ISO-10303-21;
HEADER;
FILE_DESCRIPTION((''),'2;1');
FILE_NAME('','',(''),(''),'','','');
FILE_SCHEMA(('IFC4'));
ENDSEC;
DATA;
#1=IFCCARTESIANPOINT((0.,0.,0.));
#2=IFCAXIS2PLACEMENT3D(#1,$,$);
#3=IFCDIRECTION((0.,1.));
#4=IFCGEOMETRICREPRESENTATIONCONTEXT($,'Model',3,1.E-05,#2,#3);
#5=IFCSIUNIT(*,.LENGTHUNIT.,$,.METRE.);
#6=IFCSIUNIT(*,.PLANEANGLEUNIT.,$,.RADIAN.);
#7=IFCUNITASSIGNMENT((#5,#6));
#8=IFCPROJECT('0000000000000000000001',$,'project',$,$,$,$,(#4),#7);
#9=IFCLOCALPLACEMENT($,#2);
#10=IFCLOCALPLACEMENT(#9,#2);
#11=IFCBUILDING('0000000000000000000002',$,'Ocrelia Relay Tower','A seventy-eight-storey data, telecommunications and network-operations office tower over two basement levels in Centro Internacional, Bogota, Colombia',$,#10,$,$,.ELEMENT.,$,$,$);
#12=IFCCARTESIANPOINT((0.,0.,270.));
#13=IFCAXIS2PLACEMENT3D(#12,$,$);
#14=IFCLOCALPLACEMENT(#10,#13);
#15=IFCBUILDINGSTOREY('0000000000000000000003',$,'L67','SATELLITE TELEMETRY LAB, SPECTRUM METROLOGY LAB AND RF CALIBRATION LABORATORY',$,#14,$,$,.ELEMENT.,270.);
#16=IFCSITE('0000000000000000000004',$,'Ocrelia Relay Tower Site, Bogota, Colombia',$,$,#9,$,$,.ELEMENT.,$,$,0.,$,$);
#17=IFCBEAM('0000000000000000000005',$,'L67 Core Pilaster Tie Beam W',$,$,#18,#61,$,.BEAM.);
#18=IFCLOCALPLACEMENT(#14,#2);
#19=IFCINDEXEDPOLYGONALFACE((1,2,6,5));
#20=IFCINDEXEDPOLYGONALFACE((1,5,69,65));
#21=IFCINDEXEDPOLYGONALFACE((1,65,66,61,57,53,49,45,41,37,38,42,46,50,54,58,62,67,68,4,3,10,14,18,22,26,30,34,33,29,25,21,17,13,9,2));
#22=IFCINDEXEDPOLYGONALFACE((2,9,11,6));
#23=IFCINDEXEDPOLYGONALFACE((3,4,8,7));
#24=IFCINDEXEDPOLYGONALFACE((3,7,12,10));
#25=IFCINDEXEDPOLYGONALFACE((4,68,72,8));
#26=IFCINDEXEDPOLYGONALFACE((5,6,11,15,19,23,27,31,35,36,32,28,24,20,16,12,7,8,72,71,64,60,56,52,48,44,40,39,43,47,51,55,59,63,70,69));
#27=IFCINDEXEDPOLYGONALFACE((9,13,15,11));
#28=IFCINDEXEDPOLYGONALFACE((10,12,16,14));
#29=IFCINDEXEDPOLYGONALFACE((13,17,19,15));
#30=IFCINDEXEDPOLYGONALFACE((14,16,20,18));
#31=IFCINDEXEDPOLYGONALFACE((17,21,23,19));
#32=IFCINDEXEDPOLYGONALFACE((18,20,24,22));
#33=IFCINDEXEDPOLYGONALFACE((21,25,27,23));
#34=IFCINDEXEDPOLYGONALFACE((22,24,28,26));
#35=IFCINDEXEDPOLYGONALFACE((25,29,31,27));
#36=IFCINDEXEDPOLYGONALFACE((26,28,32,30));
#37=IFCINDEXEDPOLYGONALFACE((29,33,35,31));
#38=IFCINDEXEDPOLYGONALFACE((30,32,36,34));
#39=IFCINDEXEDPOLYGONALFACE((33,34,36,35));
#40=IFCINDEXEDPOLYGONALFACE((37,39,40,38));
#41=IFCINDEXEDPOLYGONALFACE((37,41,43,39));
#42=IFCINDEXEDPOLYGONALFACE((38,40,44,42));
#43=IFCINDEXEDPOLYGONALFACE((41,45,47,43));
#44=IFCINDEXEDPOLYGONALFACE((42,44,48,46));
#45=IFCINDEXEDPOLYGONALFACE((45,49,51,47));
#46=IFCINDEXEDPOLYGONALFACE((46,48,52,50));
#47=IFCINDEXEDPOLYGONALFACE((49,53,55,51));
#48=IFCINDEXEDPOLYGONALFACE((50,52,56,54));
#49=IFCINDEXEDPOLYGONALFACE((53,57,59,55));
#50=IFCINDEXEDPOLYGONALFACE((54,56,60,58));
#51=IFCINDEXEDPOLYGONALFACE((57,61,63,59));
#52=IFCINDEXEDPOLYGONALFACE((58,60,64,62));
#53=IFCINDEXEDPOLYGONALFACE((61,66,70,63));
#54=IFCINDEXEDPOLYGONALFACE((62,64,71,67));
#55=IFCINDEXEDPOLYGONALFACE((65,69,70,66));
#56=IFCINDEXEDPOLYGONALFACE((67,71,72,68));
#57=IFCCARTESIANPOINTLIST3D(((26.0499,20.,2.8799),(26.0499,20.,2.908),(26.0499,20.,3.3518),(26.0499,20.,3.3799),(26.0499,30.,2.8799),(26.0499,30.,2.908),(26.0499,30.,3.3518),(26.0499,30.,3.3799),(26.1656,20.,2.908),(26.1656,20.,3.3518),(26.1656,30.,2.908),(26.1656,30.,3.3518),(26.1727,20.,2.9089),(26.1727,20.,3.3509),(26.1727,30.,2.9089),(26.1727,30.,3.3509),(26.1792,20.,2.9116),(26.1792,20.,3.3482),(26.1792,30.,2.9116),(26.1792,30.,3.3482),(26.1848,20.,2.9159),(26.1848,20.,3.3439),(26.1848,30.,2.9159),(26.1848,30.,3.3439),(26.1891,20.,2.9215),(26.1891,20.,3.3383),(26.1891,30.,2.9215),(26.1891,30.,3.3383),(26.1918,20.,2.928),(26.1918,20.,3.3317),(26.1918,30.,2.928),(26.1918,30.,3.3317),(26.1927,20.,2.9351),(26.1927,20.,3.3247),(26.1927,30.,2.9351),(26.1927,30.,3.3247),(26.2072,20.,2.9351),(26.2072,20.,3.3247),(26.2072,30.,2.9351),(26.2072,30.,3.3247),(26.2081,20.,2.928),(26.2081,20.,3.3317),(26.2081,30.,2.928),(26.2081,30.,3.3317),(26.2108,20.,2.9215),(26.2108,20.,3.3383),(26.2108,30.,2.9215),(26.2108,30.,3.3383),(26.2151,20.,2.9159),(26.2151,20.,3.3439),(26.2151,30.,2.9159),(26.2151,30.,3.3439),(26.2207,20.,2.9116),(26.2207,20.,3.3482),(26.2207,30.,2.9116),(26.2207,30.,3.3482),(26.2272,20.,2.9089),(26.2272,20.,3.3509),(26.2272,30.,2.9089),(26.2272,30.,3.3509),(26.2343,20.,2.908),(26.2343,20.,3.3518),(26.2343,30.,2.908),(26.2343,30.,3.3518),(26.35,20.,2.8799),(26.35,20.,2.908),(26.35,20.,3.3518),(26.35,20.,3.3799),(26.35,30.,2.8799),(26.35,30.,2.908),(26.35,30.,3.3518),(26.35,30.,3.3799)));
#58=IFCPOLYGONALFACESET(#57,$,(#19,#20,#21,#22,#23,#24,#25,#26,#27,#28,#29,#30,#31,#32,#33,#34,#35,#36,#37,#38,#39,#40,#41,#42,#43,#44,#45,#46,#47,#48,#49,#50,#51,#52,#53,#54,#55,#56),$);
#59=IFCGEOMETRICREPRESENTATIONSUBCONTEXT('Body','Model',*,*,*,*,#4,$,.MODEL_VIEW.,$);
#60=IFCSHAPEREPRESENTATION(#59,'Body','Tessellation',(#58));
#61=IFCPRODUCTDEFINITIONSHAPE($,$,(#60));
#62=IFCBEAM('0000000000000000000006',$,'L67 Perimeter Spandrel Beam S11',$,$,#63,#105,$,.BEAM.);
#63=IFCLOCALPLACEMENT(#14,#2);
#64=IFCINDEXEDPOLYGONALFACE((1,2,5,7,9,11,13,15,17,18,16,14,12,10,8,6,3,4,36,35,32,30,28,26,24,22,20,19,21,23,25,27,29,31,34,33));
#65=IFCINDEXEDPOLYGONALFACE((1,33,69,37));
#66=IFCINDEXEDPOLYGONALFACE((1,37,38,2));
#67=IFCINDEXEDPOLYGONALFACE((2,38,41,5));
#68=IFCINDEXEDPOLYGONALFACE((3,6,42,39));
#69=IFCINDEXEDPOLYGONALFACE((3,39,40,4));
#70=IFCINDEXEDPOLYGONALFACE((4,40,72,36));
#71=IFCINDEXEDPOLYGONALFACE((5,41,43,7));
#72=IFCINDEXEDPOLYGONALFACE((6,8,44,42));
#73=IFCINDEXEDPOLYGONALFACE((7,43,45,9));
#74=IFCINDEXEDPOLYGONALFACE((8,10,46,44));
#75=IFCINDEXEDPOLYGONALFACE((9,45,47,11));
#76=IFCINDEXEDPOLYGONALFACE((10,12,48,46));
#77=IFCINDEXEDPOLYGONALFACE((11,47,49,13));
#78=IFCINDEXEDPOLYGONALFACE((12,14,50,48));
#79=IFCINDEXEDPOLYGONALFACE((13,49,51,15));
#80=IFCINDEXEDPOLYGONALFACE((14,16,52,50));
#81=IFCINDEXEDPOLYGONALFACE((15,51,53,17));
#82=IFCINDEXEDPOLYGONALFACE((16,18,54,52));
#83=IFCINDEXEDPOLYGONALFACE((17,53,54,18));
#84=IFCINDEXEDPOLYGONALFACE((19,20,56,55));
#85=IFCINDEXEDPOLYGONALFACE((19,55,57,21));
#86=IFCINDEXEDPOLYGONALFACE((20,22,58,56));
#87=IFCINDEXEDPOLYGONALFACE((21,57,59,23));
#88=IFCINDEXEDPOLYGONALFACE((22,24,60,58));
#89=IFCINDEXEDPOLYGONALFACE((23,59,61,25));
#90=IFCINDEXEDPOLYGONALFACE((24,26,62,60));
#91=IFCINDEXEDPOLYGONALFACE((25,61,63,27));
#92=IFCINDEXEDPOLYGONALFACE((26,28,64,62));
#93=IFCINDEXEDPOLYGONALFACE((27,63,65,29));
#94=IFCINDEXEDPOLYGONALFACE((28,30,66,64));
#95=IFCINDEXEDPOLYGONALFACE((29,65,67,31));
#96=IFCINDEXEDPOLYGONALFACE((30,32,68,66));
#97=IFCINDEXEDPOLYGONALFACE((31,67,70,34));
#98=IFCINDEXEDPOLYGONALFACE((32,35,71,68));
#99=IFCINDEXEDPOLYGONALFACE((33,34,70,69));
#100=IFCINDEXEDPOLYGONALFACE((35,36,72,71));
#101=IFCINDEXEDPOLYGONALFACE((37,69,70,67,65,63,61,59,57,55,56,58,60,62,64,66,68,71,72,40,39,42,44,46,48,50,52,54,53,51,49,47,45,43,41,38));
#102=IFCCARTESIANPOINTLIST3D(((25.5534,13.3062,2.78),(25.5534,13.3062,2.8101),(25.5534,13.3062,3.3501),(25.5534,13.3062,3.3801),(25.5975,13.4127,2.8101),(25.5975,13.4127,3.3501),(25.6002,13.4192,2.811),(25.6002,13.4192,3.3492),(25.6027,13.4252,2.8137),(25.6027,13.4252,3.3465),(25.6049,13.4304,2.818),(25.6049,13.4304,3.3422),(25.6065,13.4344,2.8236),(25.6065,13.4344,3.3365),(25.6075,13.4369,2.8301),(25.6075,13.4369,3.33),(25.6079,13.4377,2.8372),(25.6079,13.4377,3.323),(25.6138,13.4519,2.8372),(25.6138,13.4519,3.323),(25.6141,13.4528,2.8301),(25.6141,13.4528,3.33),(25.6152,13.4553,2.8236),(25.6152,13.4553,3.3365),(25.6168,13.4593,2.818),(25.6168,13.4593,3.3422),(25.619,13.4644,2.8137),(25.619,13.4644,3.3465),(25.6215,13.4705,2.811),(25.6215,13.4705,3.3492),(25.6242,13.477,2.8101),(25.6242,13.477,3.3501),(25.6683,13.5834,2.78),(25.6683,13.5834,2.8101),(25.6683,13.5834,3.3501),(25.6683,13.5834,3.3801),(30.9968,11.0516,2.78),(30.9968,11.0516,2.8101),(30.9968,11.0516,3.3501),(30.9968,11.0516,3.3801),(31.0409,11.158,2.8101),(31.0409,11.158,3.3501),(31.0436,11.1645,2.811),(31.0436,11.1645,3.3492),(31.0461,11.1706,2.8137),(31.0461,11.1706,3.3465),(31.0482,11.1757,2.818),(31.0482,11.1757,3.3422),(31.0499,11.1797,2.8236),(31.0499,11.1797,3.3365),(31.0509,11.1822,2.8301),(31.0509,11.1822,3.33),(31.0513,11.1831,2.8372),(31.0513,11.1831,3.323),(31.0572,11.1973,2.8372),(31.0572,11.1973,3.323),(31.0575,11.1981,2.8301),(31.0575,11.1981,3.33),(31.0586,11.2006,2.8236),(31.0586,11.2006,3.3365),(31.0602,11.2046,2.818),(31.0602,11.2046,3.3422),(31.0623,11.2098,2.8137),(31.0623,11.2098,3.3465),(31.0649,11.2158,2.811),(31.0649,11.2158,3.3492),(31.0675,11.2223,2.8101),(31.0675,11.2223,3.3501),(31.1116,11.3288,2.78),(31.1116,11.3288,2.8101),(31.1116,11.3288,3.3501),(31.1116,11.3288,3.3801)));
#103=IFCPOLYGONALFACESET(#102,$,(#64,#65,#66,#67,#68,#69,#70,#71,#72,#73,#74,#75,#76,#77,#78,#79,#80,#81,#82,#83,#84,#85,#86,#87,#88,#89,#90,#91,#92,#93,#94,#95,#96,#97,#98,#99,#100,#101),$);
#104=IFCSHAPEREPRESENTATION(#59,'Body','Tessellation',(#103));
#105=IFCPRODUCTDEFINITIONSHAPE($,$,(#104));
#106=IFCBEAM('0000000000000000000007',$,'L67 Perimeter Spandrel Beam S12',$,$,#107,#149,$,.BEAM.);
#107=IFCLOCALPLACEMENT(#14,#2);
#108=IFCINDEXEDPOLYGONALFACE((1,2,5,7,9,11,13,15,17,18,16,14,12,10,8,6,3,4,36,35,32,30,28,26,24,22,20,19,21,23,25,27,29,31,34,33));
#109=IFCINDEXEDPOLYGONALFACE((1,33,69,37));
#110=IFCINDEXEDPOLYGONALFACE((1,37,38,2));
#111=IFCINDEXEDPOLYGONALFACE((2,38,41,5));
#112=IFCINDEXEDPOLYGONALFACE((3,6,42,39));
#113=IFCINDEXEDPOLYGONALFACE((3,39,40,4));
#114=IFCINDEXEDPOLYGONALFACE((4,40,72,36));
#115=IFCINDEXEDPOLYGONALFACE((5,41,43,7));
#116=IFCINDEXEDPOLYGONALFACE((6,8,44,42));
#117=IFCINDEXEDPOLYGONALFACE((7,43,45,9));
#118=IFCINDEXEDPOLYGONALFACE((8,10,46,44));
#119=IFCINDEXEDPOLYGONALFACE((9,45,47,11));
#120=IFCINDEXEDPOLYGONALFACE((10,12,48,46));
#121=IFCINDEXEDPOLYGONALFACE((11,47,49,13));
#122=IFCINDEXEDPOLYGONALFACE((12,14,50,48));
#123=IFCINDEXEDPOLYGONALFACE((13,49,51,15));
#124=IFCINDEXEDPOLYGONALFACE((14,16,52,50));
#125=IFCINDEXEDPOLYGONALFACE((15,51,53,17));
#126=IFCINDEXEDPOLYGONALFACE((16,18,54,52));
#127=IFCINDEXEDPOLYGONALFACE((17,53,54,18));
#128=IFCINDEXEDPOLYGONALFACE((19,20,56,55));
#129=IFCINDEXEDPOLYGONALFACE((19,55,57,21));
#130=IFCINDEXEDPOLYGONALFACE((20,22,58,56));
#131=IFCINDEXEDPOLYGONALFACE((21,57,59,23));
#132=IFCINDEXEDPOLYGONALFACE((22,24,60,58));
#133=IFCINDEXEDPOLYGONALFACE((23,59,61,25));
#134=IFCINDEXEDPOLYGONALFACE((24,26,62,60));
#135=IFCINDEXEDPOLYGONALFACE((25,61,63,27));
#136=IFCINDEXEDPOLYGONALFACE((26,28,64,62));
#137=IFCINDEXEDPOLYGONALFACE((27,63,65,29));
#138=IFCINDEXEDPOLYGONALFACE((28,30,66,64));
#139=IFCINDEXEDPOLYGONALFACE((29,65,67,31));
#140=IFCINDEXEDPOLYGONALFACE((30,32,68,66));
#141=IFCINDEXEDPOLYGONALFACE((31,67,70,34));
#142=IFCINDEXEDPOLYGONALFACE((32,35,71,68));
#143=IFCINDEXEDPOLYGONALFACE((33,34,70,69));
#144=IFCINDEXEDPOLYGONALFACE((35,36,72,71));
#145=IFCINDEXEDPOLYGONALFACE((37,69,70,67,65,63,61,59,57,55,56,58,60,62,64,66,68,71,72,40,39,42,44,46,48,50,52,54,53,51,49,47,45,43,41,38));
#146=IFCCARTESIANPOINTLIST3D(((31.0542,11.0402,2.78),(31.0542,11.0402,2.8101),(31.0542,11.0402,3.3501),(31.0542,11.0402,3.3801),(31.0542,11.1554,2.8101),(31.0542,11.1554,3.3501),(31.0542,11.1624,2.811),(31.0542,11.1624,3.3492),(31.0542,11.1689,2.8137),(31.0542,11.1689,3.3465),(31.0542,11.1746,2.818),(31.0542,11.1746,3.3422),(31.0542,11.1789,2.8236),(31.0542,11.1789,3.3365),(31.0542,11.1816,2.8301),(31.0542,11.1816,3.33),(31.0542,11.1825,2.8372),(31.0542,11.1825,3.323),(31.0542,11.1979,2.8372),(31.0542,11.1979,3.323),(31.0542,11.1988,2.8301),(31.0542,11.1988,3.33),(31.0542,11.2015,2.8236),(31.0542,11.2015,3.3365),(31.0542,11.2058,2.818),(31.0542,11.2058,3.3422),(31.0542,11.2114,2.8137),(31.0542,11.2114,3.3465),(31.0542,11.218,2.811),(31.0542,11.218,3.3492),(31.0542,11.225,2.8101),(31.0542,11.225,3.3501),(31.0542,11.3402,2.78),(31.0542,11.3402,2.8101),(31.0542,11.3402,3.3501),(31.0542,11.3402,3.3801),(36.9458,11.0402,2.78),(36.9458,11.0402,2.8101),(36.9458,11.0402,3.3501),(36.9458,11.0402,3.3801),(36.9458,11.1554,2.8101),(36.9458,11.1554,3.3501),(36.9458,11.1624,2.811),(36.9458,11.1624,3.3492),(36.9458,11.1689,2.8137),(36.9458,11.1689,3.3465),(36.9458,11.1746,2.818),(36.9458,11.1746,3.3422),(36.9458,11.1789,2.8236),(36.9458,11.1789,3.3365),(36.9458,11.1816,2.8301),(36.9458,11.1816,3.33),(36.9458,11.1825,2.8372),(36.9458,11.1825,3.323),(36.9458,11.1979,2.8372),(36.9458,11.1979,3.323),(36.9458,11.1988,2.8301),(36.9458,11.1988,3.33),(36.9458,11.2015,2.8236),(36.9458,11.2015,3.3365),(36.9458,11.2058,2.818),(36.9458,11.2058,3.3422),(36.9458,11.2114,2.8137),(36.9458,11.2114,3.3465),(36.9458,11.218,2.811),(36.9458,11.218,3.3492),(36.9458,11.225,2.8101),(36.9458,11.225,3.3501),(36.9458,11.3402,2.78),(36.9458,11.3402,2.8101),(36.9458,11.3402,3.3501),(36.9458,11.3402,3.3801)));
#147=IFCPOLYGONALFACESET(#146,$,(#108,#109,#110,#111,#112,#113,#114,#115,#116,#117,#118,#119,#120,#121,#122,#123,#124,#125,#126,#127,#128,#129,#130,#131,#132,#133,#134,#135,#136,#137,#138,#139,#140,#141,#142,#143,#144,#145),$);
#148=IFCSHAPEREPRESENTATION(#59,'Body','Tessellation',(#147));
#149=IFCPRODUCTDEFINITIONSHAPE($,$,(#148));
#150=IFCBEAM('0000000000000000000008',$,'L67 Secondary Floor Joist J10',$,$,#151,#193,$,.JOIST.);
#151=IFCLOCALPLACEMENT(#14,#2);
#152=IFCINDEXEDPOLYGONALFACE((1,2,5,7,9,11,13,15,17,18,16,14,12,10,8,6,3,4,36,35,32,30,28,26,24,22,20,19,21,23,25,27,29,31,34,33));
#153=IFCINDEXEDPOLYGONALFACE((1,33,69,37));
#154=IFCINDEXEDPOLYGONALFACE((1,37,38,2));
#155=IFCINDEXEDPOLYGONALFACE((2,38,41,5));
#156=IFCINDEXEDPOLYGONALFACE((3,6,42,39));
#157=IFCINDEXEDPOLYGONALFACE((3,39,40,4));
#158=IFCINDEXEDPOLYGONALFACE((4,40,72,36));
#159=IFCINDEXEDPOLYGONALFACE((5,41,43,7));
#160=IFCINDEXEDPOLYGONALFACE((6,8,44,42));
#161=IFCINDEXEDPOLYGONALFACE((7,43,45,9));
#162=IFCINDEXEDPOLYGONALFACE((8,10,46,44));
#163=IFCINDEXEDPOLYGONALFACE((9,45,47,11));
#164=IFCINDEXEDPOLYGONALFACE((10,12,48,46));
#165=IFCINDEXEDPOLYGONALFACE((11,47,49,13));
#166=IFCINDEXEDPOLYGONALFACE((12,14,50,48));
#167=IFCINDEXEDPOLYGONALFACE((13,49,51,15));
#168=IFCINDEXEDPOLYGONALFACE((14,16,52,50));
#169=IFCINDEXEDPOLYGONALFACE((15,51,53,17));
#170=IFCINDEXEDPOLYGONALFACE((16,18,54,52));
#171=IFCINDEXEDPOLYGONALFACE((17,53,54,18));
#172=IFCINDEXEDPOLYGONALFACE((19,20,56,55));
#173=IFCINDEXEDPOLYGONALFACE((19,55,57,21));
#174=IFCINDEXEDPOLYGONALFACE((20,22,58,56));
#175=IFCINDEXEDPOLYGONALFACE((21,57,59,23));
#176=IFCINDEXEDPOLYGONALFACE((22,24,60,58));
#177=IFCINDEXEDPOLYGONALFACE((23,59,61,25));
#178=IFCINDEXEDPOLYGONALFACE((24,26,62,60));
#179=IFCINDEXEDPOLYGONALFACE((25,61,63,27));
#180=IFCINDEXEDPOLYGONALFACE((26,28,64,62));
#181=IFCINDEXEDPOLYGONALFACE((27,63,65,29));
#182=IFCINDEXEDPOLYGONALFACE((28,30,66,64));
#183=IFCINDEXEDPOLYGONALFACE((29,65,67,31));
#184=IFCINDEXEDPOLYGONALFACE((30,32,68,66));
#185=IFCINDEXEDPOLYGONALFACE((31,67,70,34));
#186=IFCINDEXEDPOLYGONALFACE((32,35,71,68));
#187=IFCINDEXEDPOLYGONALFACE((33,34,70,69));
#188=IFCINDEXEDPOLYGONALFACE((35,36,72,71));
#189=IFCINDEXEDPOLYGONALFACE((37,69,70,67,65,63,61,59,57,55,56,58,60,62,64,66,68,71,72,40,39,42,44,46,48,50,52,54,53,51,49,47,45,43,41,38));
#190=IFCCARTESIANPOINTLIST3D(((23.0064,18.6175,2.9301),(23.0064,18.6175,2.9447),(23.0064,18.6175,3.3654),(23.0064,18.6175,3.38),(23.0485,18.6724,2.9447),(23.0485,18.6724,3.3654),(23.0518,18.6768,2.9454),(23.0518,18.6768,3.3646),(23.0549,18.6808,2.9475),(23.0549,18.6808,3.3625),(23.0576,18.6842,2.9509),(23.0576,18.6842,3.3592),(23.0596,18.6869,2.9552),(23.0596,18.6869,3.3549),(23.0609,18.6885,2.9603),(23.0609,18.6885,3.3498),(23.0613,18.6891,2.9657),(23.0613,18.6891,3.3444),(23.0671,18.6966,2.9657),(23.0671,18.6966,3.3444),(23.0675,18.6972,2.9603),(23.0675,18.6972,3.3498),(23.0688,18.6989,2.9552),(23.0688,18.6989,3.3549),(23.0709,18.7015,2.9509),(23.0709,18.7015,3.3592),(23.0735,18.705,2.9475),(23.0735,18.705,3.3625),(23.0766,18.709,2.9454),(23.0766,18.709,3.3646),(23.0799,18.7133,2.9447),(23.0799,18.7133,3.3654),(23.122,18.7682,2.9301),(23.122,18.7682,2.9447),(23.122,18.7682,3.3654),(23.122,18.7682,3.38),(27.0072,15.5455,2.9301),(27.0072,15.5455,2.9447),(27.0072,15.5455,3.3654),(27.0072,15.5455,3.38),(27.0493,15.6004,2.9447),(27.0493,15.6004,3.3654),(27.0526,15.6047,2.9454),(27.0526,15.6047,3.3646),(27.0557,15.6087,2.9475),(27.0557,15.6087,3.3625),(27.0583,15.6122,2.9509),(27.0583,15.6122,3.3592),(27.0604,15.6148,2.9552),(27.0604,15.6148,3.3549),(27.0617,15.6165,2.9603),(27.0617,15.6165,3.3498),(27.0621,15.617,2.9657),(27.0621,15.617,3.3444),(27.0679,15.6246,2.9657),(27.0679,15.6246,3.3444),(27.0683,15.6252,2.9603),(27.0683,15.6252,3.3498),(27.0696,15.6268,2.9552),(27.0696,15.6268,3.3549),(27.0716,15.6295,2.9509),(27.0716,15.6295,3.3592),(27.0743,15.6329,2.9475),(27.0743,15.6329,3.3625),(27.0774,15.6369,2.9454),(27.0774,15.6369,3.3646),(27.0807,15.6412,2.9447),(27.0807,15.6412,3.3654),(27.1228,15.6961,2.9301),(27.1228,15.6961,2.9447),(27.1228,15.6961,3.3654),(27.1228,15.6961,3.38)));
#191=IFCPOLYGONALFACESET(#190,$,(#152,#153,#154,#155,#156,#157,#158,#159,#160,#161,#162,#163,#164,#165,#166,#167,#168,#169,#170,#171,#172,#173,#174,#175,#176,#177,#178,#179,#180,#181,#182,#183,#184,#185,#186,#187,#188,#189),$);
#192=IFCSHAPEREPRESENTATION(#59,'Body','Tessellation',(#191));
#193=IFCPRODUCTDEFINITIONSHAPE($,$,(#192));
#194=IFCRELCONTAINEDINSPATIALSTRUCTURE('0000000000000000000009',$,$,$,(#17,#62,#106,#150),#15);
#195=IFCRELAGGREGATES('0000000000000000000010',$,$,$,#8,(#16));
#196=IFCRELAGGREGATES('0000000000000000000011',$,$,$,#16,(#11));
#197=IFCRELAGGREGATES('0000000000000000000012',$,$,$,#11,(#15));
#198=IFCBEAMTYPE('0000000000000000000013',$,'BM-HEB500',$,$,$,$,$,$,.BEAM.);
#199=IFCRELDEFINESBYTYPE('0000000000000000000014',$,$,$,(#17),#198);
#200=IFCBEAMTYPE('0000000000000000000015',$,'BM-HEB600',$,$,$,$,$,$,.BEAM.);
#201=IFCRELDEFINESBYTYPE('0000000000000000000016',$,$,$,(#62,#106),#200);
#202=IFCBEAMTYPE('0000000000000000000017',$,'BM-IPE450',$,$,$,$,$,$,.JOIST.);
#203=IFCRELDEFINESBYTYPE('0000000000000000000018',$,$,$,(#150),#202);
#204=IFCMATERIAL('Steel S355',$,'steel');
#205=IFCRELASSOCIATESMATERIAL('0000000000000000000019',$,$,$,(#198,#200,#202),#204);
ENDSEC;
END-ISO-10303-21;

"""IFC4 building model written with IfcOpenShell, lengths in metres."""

from ifc_helpers import new_model, si_unit, direction, frame, origin, origin_2d, place, context, subcontext, project, spatial, i_section, extrude, material, material_profile, profile_set, type_object, element, save


model = new_model("IFC4")

# Units and contexts
model_context = context("Model", 3, precision=1e-05, world=origin(), true_north=direction((0.0, 1.0)))
body_context = subcontext(model_context, "Body", "Model", "MODEL_VIEW")
ifc_project = project(units=[si_unit("LENGTHUNIT", "METRE"), si_unit("PLANEANGLEUNIT", "RADIAN")], contexts=[model_context])

# Site, building, storey
site_placement = place(None, origin())
site = spatial("IfcSite", under=ifc_project, at=site_placement, Name="Ocrelia Relay Tower Site, Bogota, Colombia", CompositionType="ELEMENT", RefElevation=0.0)
building_placement = place(site_placement, origin())
building = spatial("IfcBuilding", under=site, at=building_placement, Name="Ocrelia Relay Tower", Description="A seventy-eight-storey data, telecommunications and network-operations office tower over two basement levels in Centro Internacional, Bogota, Colombia", CompositionType="ELEMENT")
storey_placement = place(building_placement, frame((0.0, 0.0, 270.0)))
storey = spatial("IfcBuildingStorey", under=building, at=storey_placement, Name="L67", Description="SATELLITE TELEMETRY LAB, SPECTRUM METROLOGY LAB AND RF CALIBRATION LABORATORY", CompositionType="ELEMENT", Elevation=270.0)

# Beams
ifc_material_1 = material(Name="Steel S355", Category="steel")
ifc_material_profile_1 = material_profile(ifc_material_1, i_section(OverallWidth=0.3, OverallDepth=0.5, WebThickness=0.0144, FlangeThickness=0.0281, FilletRadius=0.0271, at=origin_2d()), Name="HEB 500")
ifc_profile_set_1 = profile_set([ifc_material_profile_1], Name="Steel S355")
beam_type_1 = type_object("IfcBeamType", Name="BM-HEB500", PredefinedType="BEAM", material=ifc_profile_set_1)
beam_1_placement = place(storey_placement, frame((26.2, 20.0, 3.1299), z_axis=(0.0, 1.0, 0.0), x_axis=(-1.0, 0.0, 0.0)))
element("IfcBeam", 1, at=beam_1_placement, inside=storey, type_object=beam_type_1, Name="L67 Core Pilaster Tie Beam W", PredefinedType="BEAM", context=body_context, shape_type="SweptSolid", body=[
    extrude(i_section(OverallWidth=0.3, OverallDepth=0.5, WebThickness=0.0144, FlangeThickness=0.0281, FilletRadius=0.0271, at=origin_2d()), origin(), (0.0, 0.0, 1.0), 10.0),
])
ifc_material_profile_2 = material_profile(ifc_material_1, i_section(OverallWidth=0.3, OverallDepth=0.6001, WebThickness=0.0154, FlangeThickness=0.03, FilletRadius=0.0271, at=origin_2d()), Name="HEB 600")
ifc_profile_set_2 = profile_set([ifc_material_profile_2], Name="Steel S355")
beam_type_2 = type_object("IfcBeamType", Name="BM-HEB600", PredefinedType="BEAM", material=ifc_profile_set_2)
beam_2_placement = place(storey_placement, frame((25.6108, 13.4448, 3.0801), z_axis=(0.923884, -0.382673, 0.0), x_axis=(0.382673, 0.923884, 0.0)))
element("IfcBeam", 2, at=beam_2_placement, inside=storey, type_object=beam_type_2, Name="L67 Perimeter Spandrel Beam S11", PredefinedType="BEAM", context=body_context, shape_type="SweptSolid", body=[
    extrude(i_section(OverallWidth=0.3, OverallDepth=0.6001, WebThickness=0.0154, FlangeThickness=0.03, FilletRadius=0.0271, at=origin_2d()), origin(), (0.0, 0.0, 1.0), 5.8918),
])
beam_3_placement = place(storey_placement, frame((31.0542, 11.1902, 3.0801), z_axis=(1.0, 0.0, 0.0), x_axis=(0.0, 1.0, 0.0)))
element("IfcBeam", 3, at=beam_3_placement, inside=storey, type_object=beam_type_2, Name="L67 Perimeter Spandrel Beam S12", PredefinedType="BEAM", context=body_context, shape_type="SweptSolid", body=[
    extrude(i_section(OverallWidth=0.3, OverallDepth=0.6001, WebThickness=0.0154, FlangeThickness=0.03, FilletRadius=0.0271, at=origin_2d()), origin(), (0.0, 0.0, 1.0), 5.8916),
])
ifc_material_profile_3 = material_profile(ifc_material_1, i_section(OverallWidth=0.1899, OverallDepth=0.45, WebThickness=0.0095, FlangeThickness=0.0146, FilletRadius=0.021, at=origin_2d()), Name="IPE 450")
ifc_profile_set_3 = profile_set([ifc_material_profile_3], Name="Steel S355")
beam_type_3 = type_object("IfcBeamType", Name="BM-IPE450", PredefinedType="JOIST", material=ifc_profile_set_3)
beam_4_placement = place(storey_placement, frame((23.0642, 18.6929, 3.155), z_axis=(0.793147, -0.60903, 0.0), x_axis=(0.60903, 0.793147, 0.0)))
element("IfcBeam", 4, at=beam_4_placement, inside=storey, type_object=beam_type_3, Name="L67 Secondary Floor Joist J10", PredefinedType="JOIST", context=body_context, shape_type="SweptSolid", body=[
    extrude(i_section(OverallWidth=0.1899, OverallDepth=0.45, WebThickness=0.0095, FlangeThickness=0.0146, FilletRadius=0.021, at=origin_2d()), origin(), (0.0, 0.0, 1.0), 5.0442),
])

save(model, "model.ifc")
